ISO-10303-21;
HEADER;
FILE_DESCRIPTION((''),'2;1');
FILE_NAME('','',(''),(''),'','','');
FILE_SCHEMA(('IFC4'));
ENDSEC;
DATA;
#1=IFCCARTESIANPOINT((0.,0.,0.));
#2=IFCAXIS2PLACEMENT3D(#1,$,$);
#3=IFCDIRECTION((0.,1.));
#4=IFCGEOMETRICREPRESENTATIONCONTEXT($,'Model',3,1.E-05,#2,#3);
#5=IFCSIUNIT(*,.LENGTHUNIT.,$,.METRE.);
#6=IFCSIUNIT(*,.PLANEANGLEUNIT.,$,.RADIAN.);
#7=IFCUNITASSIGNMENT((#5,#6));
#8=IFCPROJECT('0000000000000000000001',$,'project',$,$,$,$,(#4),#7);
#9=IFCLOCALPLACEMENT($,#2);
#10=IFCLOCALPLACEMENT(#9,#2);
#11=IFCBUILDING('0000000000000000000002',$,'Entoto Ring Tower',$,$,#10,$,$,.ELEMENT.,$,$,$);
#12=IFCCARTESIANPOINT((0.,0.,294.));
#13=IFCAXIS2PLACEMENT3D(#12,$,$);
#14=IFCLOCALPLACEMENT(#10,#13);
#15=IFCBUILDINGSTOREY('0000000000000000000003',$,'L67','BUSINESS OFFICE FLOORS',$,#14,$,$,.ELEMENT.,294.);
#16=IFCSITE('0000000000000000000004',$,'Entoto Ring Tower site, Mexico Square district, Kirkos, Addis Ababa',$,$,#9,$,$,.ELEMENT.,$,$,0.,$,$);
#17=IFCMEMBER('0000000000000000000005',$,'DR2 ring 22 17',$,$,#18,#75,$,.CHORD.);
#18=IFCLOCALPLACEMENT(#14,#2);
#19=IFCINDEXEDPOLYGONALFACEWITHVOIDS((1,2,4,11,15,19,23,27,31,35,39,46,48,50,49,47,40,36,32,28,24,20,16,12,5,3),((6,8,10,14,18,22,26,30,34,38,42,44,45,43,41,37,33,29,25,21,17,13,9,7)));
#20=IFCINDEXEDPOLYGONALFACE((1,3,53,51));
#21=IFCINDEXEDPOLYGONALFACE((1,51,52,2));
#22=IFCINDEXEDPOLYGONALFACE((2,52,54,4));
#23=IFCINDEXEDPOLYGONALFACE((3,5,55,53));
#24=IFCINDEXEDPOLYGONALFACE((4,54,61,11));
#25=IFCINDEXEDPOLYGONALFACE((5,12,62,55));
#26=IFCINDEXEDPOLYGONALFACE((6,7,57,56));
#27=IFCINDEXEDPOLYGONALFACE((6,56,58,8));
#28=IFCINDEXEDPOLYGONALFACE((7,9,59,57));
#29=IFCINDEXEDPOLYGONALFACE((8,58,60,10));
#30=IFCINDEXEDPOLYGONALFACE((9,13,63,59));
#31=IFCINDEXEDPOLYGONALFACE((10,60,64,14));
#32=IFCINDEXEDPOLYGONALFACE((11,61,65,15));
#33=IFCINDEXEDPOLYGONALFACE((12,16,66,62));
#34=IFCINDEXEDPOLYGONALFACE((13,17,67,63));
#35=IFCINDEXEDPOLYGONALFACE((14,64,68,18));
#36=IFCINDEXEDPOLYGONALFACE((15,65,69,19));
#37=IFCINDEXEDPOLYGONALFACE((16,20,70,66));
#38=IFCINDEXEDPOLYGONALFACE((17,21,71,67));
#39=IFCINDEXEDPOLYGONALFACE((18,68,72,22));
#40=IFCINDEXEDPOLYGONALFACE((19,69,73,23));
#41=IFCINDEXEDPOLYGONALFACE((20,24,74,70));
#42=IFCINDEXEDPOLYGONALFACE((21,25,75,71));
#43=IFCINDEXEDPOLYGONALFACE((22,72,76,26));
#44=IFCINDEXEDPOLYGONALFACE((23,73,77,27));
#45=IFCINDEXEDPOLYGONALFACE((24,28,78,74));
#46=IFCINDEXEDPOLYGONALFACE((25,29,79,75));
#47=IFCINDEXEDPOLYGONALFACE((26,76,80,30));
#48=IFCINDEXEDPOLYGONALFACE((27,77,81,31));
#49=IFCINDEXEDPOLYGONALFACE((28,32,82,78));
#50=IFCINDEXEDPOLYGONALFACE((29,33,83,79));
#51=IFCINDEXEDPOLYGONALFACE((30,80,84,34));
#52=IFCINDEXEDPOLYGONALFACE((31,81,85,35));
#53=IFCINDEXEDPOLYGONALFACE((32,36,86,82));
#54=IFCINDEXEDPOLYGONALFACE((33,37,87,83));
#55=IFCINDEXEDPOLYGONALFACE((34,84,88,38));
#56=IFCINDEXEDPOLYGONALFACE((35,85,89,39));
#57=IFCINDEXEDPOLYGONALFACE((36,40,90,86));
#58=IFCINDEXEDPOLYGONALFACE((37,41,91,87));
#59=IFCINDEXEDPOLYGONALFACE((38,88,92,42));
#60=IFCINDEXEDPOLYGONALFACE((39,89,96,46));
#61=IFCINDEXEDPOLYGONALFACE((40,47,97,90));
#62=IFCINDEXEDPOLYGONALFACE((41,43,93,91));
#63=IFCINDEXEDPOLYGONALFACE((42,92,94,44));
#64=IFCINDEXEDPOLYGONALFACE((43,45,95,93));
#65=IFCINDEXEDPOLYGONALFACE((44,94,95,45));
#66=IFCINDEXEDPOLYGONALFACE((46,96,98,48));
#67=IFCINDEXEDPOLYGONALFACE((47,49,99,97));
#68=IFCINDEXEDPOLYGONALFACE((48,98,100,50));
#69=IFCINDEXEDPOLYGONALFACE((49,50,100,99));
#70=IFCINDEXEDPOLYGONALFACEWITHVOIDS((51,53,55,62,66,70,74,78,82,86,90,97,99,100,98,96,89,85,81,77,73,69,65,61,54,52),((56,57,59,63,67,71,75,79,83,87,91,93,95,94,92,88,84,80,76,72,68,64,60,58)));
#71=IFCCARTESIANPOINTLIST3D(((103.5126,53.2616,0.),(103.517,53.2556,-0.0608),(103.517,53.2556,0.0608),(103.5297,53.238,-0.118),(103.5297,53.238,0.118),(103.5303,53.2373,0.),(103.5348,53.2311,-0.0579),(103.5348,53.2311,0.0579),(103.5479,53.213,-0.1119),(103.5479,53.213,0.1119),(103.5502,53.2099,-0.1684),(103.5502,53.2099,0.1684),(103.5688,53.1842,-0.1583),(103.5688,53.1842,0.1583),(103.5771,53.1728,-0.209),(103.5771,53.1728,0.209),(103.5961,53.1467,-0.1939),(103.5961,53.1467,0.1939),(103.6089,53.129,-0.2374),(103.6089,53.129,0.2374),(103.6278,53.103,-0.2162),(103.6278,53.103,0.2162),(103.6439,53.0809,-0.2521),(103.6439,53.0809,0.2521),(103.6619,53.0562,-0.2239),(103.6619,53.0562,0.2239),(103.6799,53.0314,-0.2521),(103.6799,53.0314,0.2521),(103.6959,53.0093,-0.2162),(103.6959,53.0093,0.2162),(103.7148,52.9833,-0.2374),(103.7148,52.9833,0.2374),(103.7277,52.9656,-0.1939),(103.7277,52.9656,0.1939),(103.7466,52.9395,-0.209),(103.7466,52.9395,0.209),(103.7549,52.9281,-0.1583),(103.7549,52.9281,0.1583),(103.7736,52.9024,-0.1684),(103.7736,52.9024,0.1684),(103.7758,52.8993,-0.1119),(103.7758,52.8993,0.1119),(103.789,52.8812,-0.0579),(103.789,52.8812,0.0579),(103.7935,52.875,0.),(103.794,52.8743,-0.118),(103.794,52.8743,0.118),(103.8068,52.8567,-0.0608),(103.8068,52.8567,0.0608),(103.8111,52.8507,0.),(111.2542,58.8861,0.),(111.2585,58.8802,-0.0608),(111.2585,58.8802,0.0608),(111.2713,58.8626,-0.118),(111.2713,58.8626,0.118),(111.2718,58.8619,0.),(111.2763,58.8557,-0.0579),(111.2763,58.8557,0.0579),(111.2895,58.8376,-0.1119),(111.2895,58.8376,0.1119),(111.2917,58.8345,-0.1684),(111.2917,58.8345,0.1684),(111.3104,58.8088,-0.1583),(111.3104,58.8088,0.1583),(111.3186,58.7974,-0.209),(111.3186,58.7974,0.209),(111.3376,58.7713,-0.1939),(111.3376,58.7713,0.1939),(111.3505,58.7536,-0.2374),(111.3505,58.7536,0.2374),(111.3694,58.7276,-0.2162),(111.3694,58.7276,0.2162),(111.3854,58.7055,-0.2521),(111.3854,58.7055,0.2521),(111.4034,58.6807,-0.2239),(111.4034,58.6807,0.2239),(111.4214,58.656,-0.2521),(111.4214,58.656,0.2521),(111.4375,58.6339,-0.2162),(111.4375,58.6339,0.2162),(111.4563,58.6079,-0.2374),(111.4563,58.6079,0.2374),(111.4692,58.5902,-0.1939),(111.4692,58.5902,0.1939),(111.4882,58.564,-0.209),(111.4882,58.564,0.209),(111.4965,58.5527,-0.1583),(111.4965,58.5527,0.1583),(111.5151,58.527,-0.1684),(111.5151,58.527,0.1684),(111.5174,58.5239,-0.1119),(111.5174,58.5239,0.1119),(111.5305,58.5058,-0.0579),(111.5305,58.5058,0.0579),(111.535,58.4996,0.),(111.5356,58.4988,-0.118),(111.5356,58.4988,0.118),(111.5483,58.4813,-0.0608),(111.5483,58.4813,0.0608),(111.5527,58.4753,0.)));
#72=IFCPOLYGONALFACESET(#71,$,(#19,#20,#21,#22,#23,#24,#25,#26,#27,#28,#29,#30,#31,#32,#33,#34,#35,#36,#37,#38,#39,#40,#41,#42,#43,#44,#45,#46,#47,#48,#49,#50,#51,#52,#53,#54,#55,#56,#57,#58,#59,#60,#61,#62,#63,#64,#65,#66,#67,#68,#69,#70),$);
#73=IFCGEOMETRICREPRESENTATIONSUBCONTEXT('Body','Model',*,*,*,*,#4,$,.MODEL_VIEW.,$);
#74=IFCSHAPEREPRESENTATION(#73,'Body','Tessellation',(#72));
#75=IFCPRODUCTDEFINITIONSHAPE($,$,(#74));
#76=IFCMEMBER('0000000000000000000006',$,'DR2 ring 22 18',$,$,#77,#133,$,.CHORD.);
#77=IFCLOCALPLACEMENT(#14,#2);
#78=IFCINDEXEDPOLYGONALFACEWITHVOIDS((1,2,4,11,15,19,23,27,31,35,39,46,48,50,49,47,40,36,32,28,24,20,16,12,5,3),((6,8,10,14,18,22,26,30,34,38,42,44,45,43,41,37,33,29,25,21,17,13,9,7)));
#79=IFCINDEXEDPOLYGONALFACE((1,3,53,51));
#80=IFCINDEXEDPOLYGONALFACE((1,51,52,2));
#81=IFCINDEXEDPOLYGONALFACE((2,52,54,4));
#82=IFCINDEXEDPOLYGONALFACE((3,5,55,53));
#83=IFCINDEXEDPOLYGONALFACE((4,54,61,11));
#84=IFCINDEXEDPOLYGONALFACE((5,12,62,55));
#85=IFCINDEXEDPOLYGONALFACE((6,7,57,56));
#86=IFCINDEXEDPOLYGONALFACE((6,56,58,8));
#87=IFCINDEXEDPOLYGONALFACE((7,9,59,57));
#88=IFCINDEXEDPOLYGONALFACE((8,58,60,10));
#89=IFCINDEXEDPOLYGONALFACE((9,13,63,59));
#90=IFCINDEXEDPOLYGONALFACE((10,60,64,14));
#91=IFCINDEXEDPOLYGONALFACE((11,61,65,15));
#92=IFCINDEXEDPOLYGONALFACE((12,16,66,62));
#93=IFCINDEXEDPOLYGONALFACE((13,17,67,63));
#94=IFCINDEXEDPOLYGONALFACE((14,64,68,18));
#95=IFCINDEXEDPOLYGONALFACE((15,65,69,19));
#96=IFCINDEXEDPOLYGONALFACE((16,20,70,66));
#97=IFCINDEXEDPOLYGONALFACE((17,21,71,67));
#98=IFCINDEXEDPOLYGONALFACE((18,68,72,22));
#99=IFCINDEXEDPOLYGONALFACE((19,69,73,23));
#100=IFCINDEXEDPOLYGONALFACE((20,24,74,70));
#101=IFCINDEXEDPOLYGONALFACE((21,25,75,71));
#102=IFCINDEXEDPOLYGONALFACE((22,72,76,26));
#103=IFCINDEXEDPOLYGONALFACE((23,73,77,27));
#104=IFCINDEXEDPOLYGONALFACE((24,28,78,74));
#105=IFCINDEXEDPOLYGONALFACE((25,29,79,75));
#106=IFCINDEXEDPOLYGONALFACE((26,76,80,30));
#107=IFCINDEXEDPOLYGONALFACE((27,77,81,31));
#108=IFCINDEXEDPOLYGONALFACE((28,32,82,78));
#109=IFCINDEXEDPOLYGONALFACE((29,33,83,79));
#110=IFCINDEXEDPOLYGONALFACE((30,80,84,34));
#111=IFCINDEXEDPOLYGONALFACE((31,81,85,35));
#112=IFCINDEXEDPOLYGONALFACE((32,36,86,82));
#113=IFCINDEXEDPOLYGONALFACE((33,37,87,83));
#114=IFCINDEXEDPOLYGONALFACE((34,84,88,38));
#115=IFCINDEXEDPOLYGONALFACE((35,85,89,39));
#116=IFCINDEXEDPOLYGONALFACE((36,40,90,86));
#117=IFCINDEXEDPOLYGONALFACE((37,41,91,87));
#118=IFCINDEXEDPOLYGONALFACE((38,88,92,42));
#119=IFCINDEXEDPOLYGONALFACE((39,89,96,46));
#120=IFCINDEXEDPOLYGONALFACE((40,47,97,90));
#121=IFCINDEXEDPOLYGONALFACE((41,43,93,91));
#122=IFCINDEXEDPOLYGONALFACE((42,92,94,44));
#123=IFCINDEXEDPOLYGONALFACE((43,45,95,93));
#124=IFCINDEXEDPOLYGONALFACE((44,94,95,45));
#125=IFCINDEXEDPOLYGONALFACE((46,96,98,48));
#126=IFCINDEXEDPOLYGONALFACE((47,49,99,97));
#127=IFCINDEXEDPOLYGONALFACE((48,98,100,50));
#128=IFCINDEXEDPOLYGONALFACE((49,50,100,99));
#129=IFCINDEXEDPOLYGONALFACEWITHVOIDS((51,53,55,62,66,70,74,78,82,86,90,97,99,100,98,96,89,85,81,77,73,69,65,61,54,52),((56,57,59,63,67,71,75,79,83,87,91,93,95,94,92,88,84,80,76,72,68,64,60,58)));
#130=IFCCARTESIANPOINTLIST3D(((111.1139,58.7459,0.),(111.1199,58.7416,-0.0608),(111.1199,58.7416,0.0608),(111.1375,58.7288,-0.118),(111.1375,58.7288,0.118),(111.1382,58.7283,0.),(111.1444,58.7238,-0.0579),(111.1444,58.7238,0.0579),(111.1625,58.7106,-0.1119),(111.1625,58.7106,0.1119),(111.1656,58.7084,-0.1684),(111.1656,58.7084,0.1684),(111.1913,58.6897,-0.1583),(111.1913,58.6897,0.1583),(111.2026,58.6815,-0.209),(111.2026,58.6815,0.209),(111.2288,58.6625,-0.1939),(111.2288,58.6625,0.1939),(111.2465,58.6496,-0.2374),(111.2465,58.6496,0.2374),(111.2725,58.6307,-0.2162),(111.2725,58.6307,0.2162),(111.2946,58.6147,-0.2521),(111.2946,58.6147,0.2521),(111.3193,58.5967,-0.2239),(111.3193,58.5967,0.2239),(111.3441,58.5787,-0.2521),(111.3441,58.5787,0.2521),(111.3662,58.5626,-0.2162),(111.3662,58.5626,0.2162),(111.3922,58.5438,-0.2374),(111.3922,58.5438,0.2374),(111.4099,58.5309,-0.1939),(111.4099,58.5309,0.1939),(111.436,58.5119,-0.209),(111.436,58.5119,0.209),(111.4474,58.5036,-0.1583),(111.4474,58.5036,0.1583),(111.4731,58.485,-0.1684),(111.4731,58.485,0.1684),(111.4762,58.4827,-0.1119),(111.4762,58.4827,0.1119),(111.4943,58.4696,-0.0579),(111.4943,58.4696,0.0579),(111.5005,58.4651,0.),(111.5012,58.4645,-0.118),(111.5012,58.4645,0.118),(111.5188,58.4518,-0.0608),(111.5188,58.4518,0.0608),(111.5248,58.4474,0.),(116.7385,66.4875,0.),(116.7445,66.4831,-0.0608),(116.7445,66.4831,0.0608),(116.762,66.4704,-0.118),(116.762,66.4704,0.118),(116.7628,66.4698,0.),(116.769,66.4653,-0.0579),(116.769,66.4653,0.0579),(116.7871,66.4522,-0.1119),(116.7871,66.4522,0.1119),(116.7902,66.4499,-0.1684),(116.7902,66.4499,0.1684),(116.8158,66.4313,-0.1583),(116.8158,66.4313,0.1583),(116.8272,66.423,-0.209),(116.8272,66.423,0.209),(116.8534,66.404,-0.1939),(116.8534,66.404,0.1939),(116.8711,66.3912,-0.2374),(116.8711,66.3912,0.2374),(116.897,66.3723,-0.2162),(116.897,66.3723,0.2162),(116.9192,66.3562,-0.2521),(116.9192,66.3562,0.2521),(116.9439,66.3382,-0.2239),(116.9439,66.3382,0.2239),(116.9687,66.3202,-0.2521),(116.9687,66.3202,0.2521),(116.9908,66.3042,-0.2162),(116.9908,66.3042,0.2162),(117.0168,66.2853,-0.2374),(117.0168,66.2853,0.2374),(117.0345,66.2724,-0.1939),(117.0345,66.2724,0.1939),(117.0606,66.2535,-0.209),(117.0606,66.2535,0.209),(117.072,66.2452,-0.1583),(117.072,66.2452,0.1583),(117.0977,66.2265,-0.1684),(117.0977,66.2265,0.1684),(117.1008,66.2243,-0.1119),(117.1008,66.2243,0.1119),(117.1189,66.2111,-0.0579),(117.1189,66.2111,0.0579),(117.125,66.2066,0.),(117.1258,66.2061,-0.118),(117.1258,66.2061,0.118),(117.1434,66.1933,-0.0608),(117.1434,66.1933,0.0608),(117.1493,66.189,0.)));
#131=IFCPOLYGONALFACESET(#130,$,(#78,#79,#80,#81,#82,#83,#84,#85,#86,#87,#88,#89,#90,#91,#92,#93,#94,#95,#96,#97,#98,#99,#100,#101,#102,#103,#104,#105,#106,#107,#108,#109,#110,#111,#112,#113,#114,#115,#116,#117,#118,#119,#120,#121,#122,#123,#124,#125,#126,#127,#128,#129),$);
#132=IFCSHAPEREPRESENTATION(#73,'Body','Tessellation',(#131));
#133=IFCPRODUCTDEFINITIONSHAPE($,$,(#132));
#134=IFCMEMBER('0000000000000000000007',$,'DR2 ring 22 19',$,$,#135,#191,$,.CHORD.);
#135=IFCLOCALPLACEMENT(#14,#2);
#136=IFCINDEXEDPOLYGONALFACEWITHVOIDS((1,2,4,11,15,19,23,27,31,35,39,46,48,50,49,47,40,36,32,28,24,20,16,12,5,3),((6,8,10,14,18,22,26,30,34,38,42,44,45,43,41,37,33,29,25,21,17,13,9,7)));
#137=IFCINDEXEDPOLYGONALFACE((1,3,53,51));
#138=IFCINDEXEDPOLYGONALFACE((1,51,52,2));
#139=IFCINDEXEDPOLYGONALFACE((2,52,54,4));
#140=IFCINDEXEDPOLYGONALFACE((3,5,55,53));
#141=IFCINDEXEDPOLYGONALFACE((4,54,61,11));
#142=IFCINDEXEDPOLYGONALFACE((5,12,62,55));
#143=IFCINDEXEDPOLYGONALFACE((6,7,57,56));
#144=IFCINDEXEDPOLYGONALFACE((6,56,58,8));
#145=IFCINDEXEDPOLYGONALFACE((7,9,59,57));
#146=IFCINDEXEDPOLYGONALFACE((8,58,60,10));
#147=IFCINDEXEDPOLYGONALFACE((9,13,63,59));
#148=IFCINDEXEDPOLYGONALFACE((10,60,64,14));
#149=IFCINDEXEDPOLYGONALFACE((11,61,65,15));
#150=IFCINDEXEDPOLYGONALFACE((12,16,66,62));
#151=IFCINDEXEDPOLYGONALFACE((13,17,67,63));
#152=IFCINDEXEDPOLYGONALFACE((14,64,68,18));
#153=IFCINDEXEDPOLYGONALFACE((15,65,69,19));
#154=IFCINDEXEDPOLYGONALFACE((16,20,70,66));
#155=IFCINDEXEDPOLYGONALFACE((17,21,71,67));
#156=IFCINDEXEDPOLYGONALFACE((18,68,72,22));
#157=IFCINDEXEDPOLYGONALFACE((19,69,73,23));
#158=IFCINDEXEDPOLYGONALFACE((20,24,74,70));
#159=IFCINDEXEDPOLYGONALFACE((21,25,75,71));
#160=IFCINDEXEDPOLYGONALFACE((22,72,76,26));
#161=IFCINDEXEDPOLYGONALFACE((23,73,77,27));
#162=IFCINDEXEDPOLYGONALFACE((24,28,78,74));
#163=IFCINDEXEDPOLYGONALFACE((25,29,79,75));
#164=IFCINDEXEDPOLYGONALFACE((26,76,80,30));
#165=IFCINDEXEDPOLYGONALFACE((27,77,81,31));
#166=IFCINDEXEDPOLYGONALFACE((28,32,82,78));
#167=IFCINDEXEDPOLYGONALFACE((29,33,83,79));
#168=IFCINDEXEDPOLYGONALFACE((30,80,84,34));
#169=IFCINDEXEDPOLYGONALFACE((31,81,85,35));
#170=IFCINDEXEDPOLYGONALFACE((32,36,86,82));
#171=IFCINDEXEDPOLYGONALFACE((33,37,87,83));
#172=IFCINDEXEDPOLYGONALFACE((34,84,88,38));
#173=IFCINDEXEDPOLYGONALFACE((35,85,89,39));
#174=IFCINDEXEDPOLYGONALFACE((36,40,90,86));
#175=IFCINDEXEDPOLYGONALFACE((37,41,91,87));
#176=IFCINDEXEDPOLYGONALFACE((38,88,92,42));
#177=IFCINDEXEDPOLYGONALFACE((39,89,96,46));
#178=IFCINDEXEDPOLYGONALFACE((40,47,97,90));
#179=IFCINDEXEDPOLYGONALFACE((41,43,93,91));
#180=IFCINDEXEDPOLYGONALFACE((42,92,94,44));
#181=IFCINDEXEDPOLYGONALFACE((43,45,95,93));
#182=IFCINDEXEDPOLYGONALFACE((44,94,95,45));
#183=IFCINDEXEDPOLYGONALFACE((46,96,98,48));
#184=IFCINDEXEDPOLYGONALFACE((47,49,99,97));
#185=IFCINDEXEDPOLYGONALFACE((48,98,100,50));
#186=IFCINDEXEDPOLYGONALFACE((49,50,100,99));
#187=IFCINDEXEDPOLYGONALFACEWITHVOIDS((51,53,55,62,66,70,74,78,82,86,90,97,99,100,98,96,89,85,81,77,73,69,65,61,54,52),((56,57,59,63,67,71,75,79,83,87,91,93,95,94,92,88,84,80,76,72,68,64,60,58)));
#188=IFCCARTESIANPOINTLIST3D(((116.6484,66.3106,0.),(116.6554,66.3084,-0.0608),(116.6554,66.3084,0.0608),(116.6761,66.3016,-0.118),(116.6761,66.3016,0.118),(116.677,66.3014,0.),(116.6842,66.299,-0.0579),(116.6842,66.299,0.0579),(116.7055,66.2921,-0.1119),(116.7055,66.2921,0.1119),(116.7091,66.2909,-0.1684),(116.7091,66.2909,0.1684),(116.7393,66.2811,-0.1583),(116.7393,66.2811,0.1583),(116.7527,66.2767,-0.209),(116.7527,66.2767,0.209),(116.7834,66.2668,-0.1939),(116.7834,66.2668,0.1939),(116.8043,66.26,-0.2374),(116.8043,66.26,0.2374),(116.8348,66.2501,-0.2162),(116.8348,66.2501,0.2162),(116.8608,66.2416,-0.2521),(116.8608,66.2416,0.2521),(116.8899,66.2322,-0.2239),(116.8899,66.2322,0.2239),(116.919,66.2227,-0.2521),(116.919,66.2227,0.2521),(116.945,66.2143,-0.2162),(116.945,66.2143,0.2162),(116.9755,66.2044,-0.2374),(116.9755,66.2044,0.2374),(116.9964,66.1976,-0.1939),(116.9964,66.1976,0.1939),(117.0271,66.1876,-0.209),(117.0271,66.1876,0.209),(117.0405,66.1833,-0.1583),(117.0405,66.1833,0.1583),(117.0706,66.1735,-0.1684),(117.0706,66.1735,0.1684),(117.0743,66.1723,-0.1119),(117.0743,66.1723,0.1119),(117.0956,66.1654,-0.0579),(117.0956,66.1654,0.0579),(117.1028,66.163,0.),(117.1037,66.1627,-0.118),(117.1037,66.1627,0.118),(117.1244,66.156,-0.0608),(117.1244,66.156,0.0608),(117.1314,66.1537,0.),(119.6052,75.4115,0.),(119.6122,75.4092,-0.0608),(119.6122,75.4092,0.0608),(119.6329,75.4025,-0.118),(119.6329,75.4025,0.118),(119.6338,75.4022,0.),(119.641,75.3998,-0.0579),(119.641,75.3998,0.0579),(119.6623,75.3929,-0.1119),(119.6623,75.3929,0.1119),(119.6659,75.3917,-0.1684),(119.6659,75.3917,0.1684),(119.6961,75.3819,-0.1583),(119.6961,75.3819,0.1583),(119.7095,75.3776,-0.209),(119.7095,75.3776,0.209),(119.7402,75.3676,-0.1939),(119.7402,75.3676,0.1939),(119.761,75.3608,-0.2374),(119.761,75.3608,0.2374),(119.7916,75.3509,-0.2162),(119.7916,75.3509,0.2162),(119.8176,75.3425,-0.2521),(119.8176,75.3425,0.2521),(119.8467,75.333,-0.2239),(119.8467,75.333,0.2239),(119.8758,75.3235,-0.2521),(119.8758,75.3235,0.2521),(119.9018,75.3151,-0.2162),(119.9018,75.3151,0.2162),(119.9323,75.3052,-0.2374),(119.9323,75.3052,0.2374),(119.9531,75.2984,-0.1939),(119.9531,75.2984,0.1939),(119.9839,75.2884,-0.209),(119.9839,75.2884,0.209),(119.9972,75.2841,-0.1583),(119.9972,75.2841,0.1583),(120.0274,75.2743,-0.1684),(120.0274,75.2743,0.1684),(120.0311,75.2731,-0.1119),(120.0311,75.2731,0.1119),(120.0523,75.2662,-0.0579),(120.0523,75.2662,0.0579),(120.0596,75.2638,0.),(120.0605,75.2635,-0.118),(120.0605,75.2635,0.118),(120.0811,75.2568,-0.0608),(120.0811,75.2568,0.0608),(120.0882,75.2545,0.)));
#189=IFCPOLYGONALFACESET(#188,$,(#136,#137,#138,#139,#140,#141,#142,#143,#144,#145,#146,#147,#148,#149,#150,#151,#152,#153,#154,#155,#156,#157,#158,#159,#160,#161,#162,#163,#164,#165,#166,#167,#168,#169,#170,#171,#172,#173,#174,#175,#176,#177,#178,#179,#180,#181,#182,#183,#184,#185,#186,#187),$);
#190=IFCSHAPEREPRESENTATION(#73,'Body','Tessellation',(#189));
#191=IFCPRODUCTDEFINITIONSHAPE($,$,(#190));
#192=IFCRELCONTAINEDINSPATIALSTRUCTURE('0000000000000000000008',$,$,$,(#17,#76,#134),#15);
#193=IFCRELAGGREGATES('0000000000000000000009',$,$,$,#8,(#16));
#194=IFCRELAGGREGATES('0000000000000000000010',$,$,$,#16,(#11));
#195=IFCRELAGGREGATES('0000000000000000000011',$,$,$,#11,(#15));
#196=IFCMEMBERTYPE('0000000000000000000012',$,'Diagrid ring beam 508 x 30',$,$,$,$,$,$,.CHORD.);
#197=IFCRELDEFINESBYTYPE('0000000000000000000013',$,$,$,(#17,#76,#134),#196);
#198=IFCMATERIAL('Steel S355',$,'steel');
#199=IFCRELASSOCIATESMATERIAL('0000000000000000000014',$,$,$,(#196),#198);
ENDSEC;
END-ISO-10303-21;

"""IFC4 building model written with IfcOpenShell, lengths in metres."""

from ifc_helpers import new_model, si_unit, direction, frame, origin, origin_2d, place, context, subcontext, project, spatial, circle, hollow_circle, extrude, material, material_profile, profile_set, type_object, element, save


model = new_model("IFC4")

# Units and contexts
model_context = context("Model", 3, precision=1e-05, world=origin(), true_north=direction((0.0, 1.0)))
body_context = subcontext(model_context, "Body", "Model", "MODEL_VIEW")
ifc_project = project(units=[si_unit("LENGTHUNIT", "METRE"), si_unit("PLANEANGLEUNIT", "RADIAN")], contexts=[model_context])

# Site, building, storey
site_placement = place(None, origin())
site = spatial("IfcSite", under=ifc_project, at=site_placement, Name="Entoto Ring Tower site, Mexico Square district, Kirkos, Addis Ababa", CompositionType="ELEMENT", RefElevation=0.0)
building_placement = place(site_placement, origin())
building = spatial("IfcBuilding", under=site, at=building_placement, Name="Entoto Ring Tower", CompositionType="ELEMENT")
storey_placement = place(building_placement, frame((0.0, 0.0, 294.0)))
storey = spatial("IfcBuildingStorey", under=building, at=storey_placement, Name="L67", Description="BUSINESS OFFICE FLOORS", CompositionType="ELEMENT", Elevation=294.0)

# Members
ifc_material_1 = material(Name="Steel S355", Category="steel")
ifc_material_profile_1 = material_profile(ifc_material_1, hollow_circle(Radius=0.2539, WallThickness=0.03, at=origin_2d()), Name="CHS 508 x 30")
ifc_material_2 = material(Name="Concrete C60/75", Category="concrete")
ifc_material_profile_2 = material_profile(ifc_material_2, circle(Radius=0.2241, at=origin_2d()), Name="Concrete C60/75 infill")
ifc_profile_set_1 = profile_set([ifc_material_profile_1, ifc_material_profile_2], Name="Steel S355")
member_type_1 = type_object("IfcMemberType", Name="Diagrid ring beam 508 x 30", PredefinedType="CHORD", material=ifc_profile_set_1)
for number, where, z_axis, x_axis, name in (
    (1, (103.6619, 53.0562, 0.0), (0.809016, 0.587786, 0.0), (-0.587786, 0.809016, 0.0), "DR2 ring 22 17"),
    (2, (111.3193, 58.5967, 0.0), (0.587786, 0.809016, 0.0), (-0.809016, 0.587786, 0.0), "DR2 ring 22 18"),
    (3, (116.8899, 66.2322, 0.0), (0.308993, 0.951064, 0.0), (-0.951064, 0.308993, 0.0), "DR2 ring 22 19"),
):
    element("IfcMember", number, at=place(storey_placement, frame(where, z_axis=z_axis, x_axis=x_axis)), inside=storey, type_object=member_type_1, Name=name, PredefinedType="CHORD", context=body_context, shape_type="SweptSolid", body=[
        extrude(hollow_circle(Radius=0.2539, WallThickness=0.03, at=origin_2d()), origin(), (0.0, 0.0, 1.0), 9.5691),
    ])

save(model, "model.ifc")
